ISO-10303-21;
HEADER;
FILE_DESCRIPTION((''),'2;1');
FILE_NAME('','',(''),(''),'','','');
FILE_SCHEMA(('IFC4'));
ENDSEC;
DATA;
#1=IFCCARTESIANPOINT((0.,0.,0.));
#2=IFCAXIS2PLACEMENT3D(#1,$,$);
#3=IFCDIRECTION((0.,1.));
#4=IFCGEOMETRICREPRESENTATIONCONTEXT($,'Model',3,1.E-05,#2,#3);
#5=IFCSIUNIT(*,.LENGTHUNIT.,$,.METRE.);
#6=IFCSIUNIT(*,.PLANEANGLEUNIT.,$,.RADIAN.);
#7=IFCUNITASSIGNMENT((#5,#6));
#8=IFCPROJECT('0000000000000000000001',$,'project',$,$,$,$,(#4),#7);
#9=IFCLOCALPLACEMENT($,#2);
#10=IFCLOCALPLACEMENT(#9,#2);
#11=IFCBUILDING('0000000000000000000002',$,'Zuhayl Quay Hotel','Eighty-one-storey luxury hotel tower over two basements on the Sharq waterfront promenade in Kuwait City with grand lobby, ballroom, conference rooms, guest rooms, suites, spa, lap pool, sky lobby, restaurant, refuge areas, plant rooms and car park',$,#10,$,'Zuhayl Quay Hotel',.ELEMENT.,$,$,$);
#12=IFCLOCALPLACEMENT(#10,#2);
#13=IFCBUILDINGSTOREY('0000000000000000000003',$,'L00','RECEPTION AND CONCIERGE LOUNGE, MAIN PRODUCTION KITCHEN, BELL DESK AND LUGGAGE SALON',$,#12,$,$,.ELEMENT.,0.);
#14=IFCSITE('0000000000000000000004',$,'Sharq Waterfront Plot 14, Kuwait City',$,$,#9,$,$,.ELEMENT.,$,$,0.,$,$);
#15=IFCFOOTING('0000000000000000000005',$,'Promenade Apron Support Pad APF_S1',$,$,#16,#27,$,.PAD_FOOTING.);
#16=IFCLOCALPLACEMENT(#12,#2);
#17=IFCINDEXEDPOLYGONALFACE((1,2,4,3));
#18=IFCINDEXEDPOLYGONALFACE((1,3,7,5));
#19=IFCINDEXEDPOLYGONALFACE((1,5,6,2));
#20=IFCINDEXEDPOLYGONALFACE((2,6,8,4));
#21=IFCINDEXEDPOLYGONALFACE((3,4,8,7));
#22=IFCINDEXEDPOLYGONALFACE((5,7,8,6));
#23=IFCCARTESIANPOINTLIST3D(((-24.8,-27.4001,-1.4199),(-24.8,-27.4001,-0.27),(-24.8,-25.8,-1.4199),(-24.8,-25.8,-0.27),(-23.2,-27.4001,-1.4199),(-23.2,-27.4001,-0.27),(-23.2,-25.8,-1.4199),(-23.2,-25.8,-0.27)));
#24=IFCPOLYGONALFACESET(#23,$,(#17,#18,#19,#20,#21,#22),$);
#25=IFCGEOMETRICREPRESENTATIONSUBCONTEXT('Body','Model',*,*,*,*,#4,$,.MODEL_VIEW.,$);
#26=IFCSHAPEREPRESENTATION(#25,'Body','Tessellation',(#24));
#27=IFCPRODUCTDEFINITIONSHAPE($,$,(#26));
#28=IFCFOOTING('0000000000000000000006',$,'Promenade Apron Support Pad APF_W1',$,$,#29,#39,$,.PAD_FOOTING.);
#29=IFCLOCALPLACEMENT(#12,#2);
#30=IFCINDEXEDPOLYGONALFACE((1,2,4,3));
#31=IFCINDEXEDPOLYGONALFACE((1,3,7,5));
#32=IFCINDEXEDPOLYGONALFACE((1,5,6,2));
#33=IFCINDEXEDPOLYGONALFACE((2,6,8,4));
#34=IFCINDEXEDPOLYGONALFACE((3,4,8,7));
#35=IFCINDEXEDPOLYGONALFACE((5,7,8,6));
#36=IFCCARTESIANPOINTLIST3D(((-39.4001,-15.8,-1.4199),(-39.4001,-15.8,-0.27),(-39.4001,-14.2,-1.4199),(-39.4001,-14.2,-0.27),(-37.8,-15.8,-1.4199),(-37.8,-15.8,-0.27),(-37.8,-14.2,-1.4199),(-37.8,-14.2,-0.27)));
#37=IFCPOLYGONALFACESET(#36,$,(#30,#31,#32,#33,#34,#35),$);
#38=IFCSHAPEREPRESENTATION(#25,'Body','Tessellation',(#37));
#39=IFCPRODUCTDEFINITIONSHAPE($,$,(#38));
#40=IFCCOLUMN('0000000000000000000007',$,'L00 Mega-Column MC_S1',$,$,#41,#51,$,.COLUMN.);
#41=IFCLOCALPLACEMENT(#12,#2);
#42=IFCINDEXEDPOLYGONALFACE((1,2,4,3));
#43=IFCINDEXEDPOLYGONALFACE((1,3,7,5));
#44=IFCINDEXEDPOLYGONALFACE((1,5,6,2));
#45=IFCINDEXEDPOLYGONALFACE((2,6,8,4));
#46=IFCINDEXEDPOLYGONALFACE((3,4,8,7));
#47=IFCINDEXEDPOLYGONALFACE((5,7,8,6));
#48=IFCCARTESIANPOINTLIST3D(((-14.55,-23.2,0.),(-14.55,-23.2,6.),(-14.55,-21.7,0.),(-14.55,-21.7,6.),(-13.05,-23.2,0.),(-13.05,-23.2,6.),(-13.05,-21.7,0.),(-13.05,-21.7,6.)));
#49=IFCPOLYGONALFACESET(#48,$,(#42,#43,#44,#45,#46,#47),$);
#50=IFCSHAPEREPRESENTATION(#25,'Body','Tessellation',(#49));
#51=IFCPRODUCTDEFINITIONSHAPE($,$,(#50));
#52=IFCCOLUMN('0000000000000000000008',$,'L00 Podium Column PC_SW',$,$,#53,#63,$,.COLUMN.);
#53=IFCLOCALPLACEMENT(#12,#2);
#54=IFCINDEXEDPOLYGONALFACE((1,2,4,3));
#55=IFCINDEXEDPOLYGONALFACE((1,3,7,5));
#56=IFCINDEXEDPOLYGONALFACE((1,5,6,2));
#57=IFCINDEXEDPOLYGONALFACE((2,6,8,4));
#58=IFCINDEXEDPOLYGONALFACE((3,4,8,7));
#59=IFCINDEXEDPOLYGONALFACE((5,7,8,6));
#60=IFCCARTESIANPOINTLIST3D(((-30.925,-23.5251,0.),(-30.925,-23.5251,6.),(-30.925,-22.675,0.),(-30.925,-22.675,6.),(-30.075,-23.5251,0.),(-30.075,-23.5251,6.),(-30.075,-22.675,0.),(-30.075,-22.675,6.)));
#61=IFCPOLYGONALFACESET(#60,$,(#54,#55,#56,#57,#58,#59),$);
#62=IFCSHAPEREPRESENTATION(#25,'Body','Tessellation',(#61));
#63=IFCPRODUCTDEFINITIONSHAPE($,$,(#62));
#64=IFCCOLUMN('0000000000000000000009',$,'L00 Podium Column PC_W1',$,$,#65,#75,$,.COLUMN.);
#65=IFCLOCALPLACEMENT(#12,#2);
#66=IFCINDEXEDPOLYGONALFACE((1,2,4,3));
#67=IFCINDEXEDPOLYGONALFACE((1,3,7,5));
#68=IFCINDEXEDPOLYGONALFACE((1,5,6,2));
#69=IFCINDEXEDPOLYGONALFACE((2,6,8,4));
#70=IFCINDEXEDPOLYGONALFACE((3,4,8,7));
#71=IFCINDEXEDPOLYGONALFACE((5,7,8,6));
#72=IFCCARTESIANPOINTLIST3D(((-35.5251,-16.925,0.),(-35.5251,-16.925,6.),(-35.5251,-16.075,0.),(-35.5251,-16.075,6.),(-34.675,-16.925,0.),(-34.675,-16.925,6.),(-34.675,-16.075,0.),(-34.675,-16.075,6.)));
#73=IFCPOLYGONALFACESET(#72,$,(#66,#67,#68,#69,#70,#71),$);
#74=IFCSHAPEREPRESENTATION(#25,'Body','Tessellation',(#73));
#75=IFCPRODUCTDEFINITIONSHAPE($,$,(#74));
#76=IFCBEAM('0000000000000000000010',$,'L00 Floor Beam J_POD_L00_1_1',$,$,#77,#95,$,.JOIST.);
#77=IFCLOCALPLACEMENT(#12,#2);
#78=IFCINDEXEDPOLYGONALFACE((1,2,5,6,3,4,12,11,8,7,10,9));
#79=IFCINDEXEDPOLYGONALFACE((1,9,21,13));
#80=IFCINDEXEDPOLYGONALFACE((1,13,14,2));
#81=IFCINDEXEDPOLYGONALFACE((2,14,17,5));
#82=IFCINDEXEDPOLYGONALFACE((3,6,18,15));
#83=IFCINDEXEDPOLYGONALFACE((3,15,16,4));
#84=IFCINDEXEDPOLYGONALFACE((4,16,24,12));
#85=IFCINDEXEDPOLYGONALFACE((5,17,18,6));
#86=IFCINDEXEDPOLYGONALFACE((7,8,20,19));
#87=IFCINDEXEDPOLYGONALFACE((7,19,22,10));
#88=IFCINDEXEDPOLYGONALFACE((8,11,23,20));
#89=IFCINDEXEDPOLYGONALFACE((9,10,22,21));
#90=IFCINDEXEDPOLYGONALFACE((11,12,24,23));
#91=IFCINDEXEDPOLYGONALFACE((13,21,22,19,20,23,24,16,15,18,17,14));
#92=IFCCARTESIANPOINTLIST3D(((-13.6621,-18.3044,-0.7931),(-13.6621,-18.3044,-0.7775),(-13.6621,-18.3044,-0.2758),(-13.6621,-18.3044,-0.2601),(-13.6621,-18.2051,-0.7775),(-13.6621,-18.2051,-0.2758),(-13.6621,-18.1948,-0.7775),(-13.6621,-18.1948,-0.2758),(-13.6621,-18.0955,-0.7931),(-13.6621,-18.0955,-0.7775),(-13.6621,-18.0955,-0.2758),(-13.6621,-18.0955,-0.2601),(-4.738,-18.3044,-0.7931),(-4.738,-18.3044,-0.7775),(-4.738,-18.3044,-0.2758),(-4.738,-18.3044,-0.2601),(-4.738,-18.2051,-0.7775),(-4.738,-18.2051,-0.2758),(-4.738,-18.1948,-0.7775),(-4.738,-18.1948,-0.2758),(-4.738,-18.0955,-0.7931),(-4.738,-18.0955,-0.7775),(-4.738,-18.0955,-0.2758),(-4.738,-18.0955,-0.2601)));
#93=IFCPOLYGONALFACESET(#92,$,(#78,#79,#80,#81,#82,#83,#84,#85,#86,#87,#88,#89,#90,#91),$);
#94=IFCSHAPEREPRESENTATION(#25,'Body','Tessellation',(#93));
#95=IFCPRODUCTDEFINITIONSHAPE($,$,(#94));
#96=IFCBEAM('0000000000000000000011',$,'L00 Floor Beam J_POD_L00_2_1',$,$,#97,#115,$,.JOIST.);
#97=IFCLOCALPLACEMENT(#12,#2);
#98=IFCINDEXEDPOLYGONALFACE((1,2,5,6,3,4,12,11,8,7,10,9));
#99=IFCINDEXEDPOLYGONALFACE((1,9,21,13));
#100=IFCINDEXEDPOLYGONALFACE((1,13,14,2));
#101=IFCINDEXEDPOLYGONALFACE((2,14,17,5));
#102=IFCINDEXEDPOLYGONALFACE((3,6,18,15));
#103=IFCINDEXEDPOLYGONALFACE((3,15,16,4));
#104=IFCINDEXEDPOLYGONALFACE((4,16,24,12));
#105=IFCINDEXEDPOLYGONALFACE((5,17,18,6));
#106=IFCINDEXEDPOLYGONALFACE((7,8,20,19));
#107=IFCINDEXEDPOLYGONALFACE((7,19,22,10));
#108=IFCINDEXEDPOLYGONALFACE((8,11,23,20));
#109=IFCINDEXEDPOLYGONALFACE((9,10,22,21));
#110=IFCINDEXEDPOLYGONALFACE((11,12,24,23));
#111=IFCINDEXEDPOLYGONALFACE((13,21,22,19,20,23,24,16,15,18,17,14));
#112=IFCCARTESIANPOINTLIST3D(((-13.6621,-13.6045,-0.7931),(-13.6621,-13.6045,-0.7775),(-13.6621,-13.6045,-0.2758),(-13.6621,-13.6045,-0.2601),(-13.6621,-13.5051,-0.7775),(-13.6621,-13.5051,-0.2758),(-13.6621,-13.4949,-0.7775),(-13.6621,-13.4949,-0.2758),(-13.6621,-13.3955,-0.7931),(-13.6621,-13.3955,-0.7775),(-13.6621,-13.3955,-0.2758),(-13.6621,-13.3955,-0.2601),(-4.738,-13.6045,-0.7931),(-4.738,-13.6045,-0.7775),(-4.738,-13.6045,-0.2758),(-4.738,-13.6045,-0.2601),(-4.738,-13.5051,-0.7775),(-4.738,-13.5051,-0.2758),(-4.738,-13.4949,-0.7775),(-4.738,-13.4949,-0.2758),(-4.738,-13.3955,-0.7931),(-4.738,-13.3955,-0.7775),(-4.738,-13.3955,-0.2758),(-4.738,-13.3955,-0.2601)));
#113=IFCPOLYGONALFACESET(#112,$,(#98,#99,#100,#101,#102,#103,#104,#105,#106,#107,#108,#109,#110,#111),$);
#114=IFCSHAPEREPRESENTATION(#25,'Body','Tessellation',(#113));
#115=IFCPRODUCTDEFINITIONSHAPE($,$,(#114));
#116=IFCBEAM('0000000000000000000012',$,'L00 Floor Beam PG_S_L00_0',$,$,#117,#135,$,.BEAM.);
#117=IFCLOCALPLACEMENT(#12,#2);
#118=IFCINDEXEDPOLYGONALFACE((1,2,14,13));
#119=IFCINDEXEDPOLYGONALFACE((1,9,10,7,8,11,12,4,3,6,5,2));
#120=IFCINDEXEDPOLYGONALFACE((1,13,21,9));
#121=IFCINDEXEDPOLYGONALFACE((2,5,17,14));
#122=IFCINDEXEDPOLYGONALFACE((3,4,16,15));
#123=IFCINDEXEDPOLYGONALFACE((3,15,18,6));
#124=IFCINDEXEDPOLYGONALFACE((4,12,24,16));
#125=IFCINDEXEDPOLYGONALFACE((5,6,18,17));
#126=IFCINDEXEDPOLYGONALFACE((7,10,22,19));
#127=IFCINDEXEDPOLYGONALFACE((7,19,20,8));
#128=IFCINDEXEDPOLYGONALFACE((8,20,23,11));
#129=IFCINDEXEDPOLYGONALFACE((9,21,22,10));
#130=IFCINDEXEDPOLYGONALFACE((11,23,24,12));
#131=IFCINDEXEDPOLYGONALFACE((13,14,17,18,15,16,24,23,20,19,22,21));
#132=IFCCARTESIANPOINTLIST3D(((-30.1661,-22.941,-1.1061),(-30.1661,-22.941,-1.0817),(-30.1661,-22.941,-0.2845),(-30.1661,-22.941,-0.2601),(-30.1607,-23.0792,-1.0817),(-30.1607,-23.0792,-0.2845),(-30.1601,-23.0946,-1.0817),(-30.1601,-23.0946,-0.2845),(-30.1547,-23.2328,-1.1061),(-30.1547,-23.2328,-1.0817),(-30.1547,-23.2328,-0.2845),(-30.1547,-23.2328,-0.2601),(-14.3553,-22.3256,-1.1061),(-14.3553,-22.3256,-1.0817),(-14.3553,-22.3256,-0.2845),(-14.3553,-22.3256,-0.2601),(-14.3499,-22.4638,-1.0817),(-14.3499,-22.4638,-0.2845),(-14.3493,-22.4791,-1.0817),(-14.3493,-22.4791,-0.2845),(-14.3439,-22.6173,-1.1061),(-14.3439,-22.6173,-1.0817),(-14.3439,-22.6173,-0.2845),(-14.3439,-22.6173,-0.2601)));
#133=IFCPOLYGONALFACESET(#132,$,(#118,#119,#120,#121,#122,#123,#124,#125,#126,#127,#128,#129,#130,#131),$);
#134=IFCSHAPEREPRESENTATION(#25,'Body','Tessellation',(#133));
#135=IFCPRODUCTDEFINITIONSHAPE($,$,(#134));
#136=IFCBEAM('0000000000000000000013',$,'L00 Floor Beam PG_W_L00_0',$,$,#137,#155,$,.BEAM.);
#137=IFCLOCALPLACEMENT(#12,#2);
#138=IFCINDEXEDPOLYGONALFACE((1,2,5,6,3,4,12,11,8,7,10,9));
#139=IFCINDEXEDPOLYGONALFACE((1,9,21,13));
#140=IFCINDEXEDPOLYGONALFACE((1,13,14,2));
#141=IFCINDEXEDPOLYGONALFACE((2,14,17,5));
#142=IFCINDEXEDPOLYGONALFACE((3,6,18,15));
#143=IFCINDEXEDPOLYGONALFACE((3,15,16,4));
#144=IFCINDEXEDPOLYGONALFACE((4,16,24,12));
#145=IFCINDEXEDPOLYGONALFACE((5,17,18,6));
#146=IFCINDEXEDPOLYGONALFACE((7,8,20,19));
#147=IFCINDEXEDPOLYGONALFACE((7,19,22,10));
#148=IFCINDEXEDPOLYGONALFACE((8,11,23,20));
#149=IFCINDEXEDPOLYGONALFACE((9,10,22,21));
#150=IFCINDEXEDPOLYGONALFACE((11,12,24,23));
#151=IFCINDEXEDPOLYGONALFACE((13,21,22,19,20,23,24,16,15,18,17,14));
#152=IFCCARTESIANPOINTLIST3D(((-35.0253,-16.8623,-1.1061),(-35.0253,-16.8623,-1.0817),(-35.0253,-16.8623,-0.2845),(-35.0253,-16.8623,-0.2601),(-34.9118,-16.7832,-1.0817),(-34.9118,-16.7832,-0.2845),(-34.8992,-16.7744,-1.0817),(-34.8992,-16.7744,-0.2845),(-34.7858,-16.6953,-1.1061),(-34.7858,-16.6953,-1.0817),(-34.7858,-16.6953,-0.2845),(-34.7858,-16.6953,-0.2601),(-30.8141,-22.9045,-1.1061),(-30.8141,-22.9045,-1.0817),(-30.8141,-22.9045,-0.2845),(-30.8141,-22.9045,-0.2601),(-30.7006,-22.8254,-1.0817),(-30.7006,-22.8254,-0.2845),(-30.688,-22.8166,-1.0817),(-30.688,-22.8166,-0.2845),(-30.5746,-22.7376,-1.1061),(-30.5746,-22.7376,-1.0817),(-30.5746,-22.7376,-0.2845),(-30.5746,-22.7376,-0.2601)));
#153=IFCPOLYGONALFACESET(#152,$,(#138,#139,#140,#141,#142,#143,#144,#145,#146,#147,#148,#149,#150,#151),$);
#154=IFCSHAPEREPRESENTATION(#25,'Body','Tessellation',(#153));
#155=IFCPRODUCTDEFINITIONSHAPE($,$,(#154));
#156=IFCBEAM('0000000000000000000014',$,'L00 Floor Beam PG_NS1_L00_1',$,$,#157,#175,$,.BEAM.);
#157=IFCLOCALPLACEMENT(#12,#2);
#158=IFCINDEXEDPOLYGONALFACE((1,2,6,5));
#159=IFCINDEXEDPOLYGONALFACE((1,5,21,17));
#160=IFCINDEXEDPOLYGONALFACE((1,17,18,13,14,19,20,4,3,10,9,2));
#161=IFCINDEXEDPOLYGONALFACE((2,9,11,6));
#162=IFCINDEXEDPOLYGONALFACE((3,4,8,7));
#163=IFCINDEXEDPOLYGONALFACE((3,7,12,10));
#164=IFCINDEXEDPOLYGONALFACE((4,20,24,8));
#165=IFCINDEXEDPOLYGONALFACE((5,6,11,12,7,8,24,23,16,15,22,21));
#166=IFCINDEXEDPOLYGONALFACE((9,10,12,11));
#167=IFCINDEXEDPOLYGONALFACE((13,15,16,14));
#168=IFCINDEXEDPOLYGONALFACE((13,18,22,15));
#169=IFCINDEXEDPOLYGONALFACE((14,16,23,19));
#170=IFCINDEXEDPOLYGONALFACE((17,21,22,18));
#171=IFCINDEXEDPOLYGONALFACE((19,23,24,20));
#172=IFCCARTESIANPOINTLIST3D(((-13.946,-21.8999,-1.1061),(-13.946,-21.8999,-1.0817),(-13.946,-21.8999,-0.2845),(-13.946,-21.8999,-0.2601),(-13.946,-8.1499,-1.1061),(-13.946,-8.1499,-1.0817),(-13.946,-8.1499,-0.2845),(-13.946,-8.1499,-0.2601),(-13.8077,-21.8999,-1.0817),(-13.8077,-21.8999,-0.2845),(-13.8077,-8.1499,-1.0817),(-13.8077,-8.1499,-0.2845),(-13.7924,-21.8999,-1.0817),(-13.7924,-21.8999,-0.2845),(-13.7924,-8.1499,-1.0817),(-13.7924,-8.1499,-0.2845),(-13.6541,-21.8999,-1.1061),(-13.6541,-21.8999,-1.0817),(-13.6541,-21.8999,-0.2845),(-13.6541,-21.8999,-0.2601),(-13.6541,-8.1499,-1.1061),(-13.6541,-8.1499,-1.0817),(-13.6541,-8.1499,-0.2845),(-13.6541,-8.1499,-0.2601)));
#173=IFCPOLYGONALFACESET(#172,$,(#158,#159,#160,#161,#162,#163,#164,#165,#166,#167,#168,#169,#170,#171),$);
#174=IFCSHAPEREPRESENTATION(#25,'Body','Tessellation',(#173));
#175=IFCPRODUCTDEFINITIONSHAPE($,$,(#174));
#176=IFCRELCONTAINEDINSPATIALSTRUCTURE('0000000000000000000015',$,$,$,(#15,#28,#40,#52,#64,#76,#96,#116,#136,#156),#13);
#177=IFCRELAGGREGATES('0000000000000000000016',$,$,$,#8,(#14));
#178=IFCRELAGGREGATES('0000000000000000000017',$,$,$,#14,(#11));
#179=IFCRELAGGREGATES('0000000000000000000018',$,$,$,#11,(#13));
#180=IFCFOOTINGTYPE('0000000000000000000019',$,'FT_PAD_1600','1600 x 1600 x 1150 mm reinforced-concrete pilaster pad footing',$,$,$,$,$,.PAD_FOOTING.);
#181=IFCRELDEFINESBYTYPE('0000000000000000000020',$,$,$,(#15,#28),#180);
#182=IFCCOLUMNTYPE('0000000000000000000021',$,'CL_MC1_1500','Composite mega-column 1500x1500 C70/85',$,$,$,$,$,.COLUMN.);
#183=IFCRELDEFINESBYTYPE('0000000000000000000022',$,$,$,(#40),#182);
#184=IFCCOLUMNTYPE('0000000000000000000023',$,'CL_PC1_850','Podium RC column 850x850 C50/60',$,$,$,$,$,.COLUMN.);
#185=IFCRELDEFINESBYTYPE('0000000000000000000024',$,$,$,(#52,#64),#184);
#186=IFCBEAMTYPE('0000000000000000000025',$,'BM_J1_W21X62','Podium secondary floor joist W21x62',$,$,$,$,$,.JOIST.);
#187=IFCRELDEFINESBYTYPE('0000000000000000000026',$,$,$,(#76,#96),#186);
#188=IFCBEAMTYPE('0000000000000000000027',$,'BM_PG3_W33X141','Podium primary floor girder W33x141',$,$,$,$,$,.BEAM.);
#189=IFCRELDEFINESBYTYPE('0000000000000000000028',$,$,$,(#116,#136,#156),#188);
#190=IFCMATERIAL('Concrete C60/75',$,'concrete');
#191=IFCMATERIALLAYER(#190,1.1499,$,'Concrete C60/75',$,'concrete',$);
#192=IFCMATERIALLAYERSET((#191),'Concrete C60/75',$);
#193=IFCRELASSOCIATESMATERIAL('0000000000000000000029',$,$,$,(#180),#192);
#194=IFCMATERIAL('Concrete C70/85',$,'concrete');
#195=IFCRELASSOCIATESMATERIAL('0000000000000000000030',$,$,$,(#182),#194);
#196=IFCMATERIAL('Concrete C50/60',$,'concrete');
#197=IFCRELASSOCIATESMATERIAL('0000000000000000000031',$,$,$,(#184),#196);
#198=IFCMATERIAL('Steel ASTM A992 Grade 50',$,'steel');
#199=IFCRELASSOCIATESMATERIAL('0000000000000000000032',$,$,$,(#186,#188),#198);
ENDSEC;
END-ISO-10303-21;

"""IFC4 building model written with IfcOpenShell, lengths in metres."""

from ifc_helpers import new_model, si_unit, direction, frame, origin, origin_2d, place, context, subcontext, project, spatial, rectangle, i_section, extrude, material, layer, layer_set, material_profile, profile_set, type_object, element, save


model = new_model("IFC4")

# Units and contexts
model_context = context("Model", 3, precision=1e-05, world=origin(), true_north=direction((0.0, 1.0)))
body_context = subcontext(model_context, "Body", "Model", "MODEL_VIEW")
ifc_project = project(units=[si_unit("LENGTHUNIT", "METRE"), si_unit("PLANEANGLEUNIT", "RADIAN")], contexts=[model_context])

# Site, building, storey
site_placement = place(None, origin())
site = spatial("IfcSite", under=ifc_project, at=site_placement, Name="Sharq Waterfront Plot 14, Kuwait City", CompositionType="ELEMENT", RefElevation=0.0)
building_placement = place(site_placement, origin())
building = spatial("IfcBuilding", under=site, at=building_placement, Name="Zuhayl Quay Hotel", Description="Eighty-one-storey luxury hotel tower over two basements on the Sharq waterfront promenade in Kuwait City with grand lobby, ballroom, conference rooms, guest rooms, suites, spa, lap pool, sky lobby, restaurant, refuge areas, plant rooms and car park", LongName="Zuhayl Quay Hotel", CompositionType="ELEMENT")
storey_placement = place(building_placement, origin())
storey = spatial("IfcBuildingStorey", under=building, at=storey_placement, Name="L00", Description="RECEPTION AND CONCIERGE LOUNGE, MAIN PRODUCTION KITCHEN, BELL DESK AND LUGGAGE SALON", CompositionType="ELEMENT", Elevation=0.0)

# Footings
ifc_material_1 = material(Name="Concrete C60/75", Category="concrete")
ifc_layer_1 = layer(ifc_material_1, 1.1499, Name="Concrete C60/75", Category="concrete")
ifc_layer_set_1 = layer_set([ifc_layer_1], Name="Concrete C60/75")
footing_type = type_object("IfcFootingType", Name="FT_PAD_1600", Description="1600 x 1600 x 1150 mm reinforced-concrete pilaster pad footing", PredefinedType="PAD_FOOTING", material=ifc_layer_set_1)
for number, where, z_axis, x_axis, name in (
    (1, (-24.0, -26.6001, -1.4199), (0.0, 0.0, 1.0), (1.0, 0.0, 0.0), "Promenade Apron Support Pad APF_S1"),
    (2, (-38.6001, -15.0, -1.4199), (0.0, 0.0, 1.0), (1.0, 0.0, 0.0), "Promenade Apron Support Pad APF_W1"),
):
    element("IfcFooting", number, at=place(storey_placement, frame(where, z_axis=z_axis, x_axis=x_axis)), inside=storey, type_object=footing_type, Name=name, PredefinedType="PAD_FOOTING", context=body_context, shape_type="SweptSolid", body=[
        extrude(rectangle(XDim=1.6001, YDim=1.6001, at=origin_2d()), origin(), (0.0, 0.0, 1.0), 1.1499),
    ])

# Columns
ifc_material_2 = material(Name="Concrete C70/85", Category="concrete")
ifc_material_profile_1 = material_profile(ifc_material_2, rectangle(XDim=1.5, YDim=1.5, at=origin_2d()), Name="RC1500X1500")
ifc_profile_set_1 = profile_set([ifc_material_profile_1], Name="Concrete C70/85")
column_type_1 = type_object("IfcColumnType", Name="CL_MC1_1500", Description="Composite mega-column 1500x1500 C70/85", PredefinedType="COLUMN", material=ifc_profile_set_1)
column_placement = place(storey_placement, frame((-13.8, -22.45, 0.0), z_axis=(0.0, 0.0, 1.0), x_axis=(1.0, 0.0, 0.0)))
element("IfcColumn", 3, at=column_placement, inside=storey, type_object=column_type_1, Name="L00 Mega-Column MC_S1", PredefinedType="COLUMN", context=body_context, shape_type="SweptSolid", body=[
    extrude(rectangle(XDim=1.5, YDim=1.5, at=origin_2d()), origin(), (0.0, 0.0, 1.0), 6.0),
])
ifc_material_3 = material(Name="Concrete C50/60", Category="concrete")
ifc_material_profile_2 = material_profile(ifc_material_3, rectangle(XDim=0.8501, YDim=0.8501, at=origin_2d()), Name="RC850X850")
ifc_profile_set_2 = profile_set([ifc_material_profile_2], Name="Concrete C50/60")
column_type_2 = type_object("IfcColumnType", Name="CL_PC1_850", Description="Podium RC column 850x850 C50/60", PredefinedType="COLUMN", material=ifc_profile_set_2)
for number, where, z_axis, x_axis, name in (
    (4, (-30.5, -23.1001, 0.0), (0.0, 0.0, 1.0), (1.0, 0.0, 0.0), "L00 Podium Column PC_SW"),
    (5, (-35.1001, -16.5, 0.0), (0.0, 0.0, 1.0), (1.0, 0.0, 0.0), "L00 Podium Column PC_W1"),
):
    element("IfcColumn", number, at=place(storey_placement, frame(where, z_axis=z_axis, x_axis=x_axis)), inside=storey, type_object=column_type_2, Name=name, PredefinedType="COLUMN", context=body_context, shape_type="SweptSolid", body=[
        extrude(rectangle(XDim=0.8501, YDim=0.8501, at=origin_2d()), origin(), (0.0, 0.0, 1.0), 6.0),
    ])

# Beams
ifc_material_4 = material(Name="Steel ASTM A992 Grade 50", Category="steel")
ifc_material_profile_3 = material_profile(ifc_material_4, i_section(OverallWidth=0.209, OverallDepth=0.533, WebThickness=0.0103, FlangeThickness=0.0156, at=origin_2d()), Name="W21X62")
ifc_profile_set_3 = profile_set([ifc_material_profile_3], Name="Steel ASTM A992 Grade 50")
beam_type_1 = type_object("IfcBeamType", Name="BM_J1_W21X62", Description="Podium secondary floor joist W21x62", PredefinedType="JOIST", material=ifc_profile_set_3)
for number, where, z_axis, x_axis, name in (
    (6, (-13.6621, -18.2, -0.5266), (1.0, 0.0, 0.0), (0.0, 1.0, 0.0), "L00 Floor Beam J_POD_L00_1_1"),
    (7, (-13.6621, -13.5, -0.5266), (1.0, 0.0, 0.0), (0.0, 1.0, 0.0), "L00 Floor Beam J_POD_L00_2_1"),
):
    element("IfcBeam", number, at=place(storey_placement, frame(where, z_axis=z_axis, x_axis=x_axis)), inside=storey, type_object=beam_type_1, Name=name, PredefinedType="JOIST", context=body_context, shape_type="SweptSolid", body=[
        extrude(i_section(OverallWidth=0.209, OverallDepth=0.533, WebThickness=0.0103, FlangeThickness=0.0156, at=origin_2d()), origin(), (0.0, 0.0, 1.0), 8.9241),
    ])
ifc_material_profile_4 = material_profile(ifc_material_4, i_section(OverallWidth=0.292, OverallDepth=0.8459, WebThickness=0.0154, FlangeThickness=0.0244, at=origin_2d()), Name="W33X141")
ifc_profile_set_4 = profile_set([ifc_material_profile_4], Name="Steel ASTM A992 Grade 50")
beam_type_2 = type_object("IfcBeamType", Name="BM_PG3_W33X141", Description="Podium primary floor girder W33x141", PredefinedType="BEAM", material=ifc_profile_set_4)
beam_1_placement = place(storey_placement, frame((-30.1604, -23.0869, -0.6831), z_axis=(0.999243, 0.038898, 0.0), x_axis=(-0.038898, 0.999243, 0.0)))
element("IfcBeam", 8, at=beam_1_placement, inside=storey, type_object=beam_type_2, Name="L00 Floor Beam PG_S_L00_0", PredefinedType="BEAM", context=body_context, shape_type="SweptSolid", body=[
    extrude(i_section(OverallWidth=0.292, OverallDepth=0.8459, WebThickness=0.0154, FlangeThickness=0.0244, at=origin_2d()), origin(), (0.0, 0.0, 1.0), 15.8228),
])
beam_2_placement = place(storey_placement, frame((-30.6943, -22.821, -0.6831), z_axis=(-0.571786, 0.820403, 0.0), x_axis=(-0.820403, -0.571786, 0.0)))
element("IfcBeam", 9, at=beam_2_placement, inside=storey, type_object=beam_type_2, Name="L00 Floor Beam PG_W_L00_0", PredefinedType="BEAM", context=body_context, shape_type="SweptSolid", body=[
    extrude(i_section(OverallWidth=0.292, OverallDepth=0.8459, WebThickness=0.0154, FlangeThickness=0.0244, at=origin_2d()), origin(), (0.0, 0.0, 1.0), 7.365),
])
beam_3_placement = place(storey_placement, frame((-13.8, -21.8999, -0.6831), z_axis=(0.0, 1.0, 0.0), x_axis=(-1.0, 0.0, 0.0)))
element("IfcBeam", 10, at=beam_3_placement, inside=storey, type_object=beam_type_2, Name="L00 Floor Beam PG_NS1_L00_1", PredefinedType="BEAM", context=body_context, shape_type="SweptSolid", body=[
    extrude(i_section(OverallWidth=0.292, OverallDepth=0.8459, WebThickness=0.0154, FlangeThickness=0.0244, at=origin_2d()), origin(), (0.0, 0.0, 1.0), 13.75),
])

save(model, "model.ifc")
